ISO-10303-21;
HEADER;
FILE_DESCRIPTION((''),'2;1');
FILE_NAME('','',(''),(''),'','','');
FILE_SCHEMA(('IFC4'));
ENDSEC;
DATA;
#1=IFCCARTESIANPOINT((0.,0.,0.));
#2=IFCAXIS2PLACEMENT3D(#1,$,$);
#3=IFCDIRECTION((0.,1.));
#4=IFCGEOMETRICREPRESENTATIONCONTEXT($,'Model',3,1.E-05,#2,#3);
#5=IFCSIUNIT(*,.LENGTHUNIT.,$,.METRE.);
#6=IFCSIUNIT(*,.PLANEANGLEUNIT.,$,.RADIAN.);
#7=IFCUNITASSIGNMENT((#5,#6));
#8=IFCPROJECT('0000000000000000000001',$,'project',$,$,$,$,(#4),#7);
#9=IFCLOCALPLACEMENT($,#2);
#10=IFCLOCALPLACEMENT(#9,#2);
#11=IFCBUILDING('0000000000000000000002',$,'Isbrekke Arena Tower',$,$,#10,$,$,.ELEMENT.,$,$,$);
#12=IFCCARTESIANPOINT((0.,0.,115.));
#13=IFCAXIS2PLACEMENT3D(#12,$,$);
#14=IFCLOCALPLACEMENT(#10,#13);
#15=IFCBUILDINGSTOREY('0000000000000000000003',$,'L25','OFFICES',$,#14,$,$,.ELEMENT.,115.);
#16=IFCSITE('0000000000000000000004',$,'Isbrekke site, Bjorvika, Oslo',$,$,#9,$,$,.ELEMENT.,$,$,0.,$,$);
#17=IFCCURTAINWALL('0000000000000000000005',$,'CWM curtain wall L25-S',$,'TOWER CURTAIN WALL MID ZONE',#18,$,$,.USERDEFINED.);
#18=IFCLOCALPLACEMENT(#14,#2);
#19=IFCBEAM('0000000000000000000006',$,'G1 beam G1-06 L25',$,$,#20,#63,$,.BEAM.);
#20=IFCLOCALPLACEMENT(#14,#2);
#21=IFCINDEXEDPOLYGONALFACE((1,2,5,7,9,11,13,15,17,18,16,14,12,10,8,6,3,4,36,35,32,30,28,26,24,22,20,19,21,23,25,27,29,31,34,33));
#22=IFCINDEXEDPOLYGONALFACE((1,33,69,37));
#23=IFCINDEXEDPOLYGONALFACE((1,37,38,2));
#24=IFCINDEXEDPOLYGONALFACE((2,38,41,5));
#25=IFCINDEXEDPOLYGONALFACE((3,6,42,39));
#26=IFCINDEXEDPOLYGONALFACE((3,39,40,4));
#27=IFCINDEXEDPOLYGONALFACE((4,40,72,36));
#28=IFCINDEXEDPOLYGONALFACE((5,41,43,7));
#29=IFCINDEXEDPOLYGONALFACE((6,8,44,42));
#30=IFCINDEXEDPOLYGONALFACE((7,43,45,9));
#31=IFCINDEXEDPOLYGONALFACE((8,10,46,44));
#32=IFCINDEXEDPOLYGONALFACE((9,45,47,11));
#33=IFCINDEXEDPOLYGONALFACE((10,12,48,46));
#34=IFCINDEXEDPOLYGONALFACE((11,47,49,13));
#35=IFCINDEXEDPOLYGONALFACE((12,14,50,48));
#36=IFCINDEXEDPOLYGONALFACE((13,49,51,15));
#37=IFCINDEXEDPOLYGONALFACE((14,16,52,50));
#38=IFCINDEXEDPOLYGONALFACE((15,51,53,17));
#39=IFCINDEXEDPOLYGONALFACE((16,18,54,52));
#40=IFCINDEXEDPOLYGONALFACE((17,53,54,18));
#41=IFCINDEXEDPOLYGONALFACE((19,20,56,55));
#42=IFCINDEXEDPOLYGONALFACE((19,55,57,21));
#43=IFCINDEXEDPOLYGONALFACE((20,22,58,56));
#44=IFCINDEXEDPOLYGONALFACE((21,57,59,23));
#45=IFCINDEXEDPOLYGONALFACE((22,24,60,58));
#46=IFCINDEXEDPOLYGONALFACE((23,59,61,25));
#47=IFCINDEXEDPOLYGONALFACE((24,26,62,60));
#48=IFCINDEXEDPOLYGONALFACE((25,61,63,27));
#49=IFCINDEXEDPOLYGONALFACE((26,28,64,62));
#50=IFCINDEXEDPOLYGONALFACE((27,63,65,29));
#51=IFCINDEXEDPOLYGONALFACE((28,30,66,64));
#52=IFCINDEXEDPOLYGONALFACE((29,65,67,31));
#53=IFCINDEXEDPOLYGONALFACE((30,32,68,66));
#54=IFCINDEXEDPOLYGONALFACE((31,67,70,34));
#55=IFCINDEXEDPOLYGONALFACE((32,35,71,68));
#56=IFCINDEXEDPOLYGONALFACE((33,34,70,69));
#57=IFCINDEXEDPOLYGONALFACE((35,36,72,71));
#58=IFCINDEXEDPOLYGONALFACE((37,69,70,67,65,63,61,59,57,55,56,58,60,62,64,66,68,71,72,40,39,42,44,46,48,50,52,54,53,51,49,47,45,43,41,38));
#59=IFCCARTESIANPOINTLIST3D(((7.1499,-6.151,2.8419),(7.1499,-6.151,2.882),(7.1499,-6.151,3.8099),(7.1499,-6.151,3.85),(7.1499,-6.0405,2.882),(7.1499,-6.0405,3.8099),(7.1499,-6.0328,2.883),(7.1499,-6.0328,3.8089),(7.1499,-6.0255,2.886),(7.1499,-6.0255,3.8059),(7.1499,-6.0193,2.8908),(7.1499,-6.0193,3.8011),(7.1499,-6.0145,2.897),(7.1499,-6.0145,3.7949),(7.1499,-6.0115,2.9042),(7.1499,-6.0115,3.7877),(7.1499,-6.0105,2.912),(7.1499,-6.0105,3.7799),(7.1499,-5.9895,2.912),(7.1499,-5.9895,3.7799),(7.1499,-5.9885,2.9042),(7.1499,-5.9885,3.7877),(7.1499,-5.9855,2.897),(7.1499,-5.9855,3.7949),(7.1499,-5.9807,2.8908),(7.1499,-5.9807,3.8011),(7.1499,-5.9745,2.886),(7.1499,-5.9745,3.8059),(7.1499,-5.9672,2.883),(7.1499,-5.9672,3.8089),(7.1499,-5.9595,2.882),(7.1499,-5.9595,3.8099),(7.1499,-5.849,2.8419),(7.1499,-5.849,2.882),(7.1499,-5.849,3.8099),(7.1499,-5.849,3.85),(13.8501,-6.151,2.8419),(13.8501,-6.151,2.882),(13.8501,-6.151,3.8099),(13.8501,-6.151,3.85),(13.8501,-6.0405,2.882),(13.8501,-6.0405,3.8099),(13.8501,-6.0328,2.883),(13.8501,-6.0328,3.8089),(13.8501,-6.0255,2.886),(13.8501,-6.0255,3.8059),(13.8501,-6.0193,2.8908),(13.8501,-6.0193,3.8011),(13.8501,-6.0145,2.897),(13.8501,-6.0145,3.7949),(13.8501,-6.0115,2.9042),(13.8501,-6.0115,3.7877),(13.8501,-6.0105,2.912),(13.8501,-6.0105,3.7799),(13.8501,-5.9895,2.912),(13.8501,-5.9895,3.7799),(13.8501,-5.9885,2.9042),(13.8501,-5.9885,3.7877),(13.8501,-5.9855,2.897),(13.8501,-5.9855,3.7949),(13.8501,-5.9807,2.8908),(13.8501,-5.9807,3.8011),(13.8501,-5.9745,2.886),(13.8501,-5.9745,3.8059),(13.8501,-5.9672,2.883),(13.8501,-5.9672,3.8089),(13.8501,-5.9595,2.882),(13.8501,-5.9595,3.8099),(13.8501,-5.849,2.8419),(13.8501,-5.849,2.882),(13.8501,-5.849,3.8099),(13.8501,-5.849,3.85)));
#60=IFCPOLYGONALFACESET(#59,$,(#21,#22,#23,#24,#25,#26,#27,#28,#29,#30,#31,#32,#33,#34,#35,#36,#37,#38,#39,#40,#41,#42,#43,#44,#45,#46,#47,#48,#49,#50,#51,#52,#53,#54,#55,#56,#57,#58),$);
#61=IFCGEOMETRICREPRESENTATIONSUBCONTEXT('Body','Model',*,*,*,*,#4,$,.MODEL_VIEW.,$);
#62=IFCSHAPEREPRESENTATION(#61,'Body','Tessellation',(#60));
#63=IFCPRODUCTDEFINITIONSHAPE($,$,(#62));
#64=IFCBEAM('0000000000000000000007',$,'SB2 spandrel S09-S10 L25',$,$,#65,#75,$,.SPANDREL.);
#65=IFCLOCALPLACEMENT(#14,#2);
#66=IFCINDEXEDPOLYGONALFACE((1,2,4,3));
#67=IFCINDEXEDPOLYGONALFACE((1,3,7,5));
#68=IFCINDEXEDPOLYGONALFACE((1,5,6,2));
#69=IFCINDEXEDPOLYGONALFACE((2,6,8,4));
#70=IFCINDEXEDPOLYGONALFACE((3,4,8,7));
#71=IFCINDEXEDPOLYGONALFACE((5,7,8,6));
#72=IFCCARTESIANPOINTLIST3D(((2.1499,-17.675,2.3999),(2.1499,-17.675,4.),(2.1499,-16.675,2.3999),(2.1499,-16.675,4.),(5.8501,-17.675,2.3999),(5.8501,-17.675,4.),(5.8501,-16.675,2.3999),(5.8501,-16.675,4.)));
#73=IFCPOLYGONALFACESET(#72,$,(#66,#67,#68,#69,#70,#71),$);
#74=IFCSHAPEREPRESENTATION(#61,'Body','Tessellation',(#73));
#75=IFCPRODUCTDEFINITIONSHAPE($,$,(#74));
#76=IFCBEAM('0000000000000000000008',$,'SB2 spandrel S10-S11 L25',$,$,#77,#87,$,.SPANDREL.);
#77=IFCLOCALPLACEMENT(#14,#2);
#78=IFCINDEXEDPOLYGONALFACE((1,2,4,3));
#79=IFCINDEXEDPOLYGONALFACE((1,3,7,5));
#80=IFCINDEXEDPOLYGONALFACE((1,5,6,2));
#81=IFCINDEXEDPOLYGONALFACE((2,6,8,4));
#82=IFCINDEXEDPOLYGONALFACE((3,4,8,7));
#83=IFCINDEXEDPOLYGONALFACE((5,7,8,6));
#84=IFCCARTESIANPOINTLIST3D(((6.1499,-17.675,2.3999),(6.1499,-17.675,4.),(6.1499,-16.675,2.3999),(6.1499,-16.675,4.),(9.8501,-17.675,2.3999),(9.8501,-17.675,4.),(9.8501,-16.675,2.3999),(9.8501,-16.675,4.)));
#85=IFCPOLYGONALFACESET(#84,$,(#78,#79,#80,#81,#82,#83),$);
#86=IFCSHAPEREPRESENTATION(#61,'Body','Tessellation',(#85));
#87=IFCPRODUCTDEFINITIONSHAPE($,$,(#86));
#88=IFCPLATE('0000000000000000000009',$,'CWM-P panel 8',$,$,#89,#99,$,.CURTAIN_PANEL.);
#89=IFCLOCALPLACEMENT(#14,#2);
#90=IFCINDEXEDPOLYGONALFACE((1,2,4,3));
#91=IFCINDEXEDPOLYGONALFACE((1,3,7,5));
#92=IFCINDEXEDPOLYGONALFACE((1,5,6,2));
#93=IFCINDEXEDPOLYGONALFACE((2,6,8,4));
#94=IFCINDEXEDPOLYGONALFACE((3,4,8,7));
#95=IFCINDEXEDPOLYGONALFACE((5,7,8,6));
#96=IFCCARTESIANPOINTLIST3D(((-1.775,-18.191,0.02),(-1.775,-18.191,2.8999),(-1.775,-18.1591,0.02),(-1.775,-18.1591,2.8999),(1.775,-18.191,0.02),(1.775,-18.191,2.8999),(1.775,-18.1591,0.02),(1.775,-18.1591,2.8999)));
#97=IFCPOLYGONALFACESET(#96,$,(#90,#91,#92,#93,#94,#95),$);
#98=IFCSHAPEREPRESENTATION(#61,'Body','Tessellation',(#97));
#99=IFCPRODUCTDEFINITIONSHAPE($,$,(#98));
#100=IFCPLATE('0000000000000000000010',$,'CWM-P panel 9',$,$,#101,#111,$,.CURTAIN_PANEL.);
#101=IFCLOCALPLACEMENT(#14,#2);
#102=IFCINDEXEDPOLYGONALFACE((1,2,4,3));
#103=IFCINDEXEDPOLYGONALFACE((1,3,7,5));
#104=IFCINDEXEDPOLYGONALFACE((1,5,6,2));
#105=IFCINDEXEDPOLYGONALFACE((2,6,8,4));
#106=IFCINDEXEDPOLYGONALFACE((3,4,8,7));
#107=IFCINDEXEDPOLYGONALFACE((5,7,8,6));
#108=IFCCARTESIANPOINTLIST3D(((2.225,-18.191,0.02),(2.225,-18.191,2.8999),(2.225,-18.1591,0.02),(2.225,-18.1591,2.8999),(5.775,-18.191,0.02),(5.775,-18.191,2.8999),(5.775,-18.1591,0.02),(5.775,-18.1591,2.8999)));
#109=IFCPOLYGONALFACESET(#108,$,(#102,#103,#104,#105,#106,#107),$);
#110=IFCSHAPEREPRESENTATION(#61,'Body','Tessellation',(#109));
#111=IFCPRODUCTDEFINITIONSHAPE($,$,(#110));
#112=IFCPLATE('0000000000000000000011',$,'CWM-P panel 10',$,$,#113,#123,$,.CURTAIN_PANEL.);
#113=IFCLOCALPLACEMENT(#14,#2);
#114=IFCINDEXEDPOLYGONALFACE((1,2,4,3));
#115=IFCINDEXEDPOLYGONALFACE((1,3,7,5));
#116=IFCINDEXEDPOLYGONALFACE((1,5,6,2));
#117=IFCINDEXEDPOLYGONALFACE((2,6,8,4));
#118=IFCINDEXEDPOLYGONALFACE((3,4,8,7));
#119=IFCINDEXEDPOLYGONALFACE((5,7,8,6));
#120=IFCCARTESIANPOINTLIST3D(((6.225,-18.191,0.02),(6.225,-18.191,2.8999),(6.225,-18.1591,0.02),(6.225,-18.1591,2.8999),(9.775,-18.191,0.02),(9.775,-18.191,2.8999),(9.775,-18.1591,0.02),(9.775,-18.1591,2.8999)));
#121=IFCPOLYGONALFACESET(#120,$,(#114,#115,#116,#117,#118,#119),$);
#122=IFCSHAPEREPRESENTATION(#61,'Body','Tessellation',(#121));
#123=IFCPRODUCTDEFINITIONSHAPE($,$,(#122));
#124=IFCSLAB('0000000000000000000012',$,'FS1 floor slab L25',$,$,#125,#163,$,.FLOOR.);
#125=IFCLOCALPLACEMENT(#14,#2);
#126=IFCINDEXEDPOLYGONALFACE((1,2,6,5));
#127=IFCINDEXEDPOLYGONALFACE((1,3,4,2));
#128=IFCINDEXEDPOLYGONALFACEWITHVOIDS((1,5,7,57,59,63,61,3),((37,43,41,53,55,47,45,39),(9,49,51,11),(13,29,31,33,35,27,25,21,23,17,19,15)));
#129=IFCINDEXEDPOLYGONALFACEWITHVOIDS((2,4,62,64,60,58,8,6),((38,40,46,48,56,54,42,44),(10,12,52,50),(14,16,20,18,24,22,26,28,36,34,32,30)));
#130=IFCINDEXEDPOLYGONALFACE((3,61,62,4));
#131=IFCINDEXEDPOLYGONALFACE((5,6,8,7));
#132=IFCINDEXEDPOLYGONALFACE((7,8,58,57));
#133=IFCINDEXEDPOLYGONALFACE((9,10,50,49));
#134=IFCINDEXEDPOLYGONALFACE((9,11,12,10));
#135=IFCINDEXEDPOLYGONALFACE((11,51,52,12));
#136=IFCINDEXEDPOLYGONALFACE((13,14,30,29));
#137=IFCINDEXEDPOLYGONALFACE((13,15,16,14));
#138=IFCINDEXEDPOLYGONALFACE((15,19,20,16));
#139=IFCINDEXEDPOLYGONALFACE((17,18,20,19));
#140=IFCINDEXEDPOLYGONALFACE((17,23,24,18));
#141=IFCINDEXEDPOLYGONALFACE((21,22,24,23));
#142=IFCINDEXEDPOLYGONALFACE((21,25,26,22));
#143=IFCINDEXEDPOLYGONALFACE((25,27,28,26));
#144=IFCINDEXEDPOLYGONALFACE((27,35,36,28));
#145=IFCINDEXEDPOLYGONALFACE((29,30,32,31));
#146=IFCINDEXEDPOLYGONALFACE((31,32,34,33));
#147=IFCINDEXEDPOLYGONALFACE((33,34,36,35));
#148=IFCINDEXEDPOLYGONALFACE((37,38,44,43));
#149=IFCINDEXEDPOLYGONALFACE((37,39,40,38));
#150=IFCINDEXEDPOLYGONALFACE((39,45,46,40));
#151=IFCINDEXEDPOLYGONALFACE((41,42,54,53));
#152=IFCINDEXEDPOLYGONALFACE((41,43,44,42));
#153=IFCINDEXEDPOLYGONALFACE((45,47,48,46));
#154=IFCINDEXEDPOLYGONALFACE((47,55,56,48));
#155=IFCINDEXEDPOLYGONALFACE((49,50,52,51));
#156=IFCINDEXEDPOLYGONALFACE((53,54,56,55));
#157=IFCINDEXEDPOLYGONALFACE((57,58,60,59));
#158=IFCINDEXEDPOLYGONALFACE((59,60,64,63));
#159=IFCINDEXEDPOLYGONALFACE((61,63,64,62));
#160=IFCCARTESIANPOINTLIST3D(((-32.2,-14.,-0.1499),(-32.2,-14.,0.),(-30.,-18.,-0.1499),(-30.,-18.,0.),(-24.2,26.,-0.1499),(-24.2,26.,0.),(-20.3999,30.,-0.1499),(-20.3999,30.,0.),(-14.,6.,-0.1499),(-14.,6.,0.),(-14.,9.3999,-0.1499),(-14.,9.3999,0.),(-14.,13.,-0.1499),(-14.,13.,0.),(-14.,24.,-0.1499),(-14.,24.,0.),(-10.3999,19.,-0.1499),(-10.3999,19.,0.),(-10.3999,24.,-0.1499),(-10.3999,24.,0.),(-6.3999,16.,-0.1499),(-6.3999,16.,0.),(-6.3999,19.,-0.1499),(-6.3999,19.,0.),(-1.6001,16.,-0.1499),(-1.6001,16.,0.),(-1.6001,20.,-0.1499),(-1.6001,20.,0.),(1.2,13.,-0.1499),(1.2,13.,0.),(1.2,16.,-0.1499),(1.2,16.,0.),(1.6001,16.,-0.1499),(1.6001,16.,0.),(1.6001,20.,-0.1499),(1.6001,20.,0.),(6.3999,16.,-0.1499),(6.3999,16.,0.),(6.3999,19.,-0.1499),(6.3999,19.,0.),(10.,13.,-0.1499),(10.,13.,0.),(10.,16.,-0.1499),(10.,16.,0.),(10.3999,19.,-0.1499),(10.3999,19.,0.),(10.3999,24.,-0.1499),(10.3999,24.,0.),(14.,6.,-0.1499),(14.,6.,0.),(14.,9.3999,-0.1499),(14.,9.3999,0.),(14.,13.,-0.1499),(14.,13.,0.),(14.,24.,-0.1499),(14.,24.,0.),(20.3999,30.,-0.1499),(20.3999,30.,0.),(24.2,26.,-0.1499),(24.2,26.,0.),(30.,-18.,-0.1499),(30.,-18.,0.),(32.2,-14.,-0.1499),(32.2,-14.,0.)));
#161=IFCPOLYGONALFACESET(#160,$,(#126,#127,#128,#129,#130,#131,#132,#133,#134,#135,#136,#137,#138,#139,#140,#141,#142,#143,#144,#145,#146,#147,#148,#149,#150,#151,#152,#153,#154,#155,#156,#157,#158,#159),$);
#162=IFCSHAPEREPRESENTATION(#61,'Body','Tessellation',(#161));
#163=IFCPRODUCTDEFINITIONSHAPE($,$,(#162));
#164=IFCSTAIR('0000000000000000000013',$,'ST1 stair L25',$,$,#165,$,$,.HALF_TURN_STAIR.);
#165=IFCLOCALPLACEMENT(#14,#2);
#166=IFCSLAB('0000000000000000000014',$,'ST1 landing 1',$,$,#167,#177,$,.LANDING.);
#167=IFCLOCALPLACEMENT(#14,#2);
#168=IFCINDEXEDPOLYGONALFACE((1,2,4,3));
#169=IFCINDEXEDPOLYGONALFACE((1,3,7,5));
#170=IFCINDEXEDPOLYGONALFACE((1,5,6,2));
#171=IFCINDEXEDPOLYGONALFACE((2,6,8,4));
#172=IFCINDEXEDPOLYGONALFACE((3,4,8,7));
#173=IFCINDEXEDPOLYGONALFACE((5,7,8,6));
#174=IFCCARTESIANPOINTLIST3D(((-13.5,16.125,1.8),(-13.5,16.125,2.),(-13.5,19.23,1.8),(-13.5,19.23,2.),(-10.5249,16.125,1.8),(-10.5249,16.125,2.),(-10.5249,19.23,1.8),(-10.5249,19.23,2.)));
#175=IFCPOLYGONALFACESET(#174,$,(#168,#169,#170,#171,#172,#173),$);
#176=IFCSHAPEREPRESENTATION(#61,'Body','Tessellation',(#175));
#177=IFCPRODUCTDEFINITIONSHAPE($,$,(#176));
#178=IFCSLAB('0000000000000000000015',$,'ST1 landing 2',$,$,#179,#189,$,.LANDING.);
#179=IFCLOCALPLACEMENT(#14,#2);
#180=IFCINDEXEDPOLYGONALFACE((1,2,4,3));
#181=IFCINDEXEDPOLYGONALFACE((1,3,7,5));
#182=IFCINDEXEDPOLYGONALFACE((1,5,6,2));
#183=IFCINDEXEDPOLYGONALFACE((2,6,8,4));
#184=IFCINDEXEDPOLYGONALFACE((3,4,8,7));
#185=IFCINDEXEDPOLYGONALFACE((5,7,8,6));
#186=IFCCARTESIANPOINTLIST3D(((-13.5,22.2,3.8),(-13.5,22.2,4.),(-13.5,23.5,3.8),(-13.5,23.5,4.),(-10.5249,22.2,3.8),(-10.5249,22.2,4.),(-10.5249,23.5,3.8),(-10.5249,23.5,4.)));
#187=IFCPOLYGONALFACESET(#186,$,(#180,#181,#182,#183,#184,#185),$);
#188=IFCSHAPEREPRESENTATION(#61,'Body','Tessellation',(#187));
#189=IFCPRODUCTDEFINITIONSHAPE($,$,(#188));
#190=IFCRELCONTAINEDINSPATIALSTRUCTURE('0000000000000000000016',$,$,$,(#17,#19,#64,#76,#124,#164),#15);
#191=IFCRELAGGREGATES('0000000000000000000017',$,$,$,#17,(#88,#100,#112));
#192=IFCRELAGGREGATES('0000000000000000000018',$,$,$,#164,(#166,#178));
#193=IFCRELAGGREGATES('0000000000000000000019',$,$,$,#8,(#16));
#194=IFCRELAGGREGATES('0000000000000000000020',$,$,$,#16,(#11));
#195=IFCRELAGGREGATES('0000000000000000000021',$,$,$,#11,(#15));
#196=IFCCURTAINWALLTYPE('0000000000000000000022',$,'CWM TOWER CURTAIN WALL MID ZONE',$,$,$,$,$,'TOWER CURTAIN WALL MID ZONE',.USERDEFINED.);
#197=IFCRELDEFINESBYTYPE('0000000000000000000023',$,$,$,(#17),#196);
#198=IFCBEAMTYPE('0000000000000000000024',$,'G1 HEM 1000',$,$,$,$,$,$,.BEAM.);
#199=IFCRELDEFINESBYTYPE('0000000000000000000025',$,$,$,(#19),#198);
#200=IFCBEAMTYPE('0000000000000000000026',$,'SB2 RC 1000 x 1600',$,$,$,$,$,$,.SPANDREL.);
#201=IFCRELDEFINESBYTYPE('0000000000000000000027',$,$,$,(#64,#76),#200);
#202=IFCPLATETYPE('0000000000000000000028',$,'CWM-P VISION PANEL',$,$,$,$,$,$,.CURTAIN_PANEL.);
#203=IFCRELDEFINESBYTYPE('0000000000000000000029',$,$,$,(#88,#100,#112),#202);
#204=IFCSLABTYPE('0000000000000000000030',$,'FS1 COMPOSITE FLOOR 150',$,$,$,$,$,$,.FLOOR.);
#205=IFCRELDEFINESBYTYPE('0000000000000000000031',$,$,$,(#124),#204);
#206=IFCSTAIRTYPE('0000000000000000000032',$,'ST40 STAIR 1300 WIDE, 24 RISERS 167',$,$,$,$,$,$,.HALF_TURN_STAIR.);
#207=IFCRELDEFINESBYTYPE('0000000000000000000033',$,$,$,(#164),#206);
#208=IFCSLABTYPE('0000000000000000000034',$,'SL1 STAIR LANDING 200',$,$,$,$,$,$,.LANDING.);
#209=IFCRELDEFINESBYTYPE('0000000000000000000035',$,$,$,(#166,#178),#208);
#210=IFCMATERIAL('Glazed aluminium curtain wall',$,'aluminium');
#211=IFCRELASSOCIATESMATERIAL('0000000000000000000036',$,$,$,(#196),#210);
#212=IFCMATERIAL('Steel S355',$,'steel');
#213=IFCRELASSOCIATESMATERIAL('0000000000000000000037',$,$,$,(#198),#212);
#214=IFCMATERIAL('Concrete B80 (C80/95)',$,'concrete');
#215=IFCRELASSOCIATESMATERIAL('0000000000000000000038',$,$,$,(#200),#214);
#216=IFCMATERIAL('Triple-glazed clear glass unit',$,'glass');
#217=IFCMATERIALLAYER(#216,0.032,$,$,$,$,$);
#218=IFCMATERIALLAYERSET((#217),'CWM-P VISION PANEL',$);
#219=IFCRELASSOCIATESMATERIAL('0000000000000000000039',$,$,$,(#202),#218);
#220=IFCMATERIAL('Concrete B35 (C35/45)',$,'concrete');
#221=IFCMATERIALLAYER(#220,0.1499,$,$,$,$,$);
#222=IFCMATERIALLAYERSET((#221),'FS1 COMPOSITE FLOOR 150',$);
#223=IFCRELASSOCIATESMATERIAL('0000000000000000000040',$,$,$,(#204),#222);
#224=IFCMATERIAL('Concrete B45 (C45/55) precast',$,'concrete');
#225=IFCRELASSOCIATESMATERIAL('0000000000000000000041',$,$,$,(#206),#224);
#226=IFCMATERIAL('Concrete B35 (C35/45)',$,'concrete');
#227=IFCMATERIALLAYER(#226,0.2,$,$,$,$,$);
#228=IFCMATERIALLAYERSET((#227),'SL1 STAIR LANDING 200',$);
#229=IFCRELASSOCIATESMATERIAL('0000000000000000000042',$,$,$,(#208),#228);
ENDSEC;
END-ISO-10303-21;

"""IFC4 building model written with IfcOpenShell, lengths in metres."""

from ifc_helpers import new_model, si_unit, direction, frame, origin, origin_2d, place, context, subcontext, project, spatial, polyline, rectangle, i_section, outline, extrude, material, layer, layer_set, material_profile, profile_set, type_object, element, aggregate, save


model = new_model("IFC4")

# Units and contexts
model_context = context("Model", 3, precision=1e-05, world=origin(), true_north=direction((0.0, 1.0)))
body_context = subcontext(model_context, "Body", "Model", "MODEL_VIEW")
ifc_project = project(units=[si_unit("LENGTHUNIT", "METRE"), si_unit("PLANEANGLEUNIT", "RADIAN")], contexts=[model_context])

# Site, building, storey
site_placement = place(None, origin())
site = spatial("IfcSite", under=ifc_project, at=site_placement, Name="Isbrekke site, Bjorvika, Oslo", CompositionType="ELEMENT", RefElevation=0.0)
building_placement = place(site_placement, origin())
building = spatial("IfcBuilding", under=site, at=building_placement, Name="Isbrekke Arena Tower", CompositionType="ELEMENT")
storey_placement = place(building_placement, frame((0.0, 0.0, 115.0)))
storey = spatial("IfcBuildingStorey", under=building, at=storey_placement, Name="L25", Description="OFFICES", CompositionType="ELEMENT", Elevation=115.0)

# Curtain wall
ifc_material_1 = material(Name="Glazed aluminium curtain wall", Category="aluminium")
curtain_wall_type = type_object("IfcCurtainWallType", Name="CWM TOWER CURTAIN WALL MID ZONE", ElementType="TOWER CURTAIN WALL MID ZONE", PredefinedType="USERDEFINED", material=ifc_material_1)
curtain_wall_placement = place(storey_placement, origin())
curtain_wall = element("IfcCurtainWall", 1, at=curtain_wall_placement, inside=storey, type_object=curtain_wall_type, Name="CWM curtain wall L25-S", ObjectType="TOWER CURTAIN WALL MID ZONE", PredefinedType="USERDEFINED")

# Beams
ifc_material_2 = material(Name="Steel S355", Category="steel")
ifc_material_profile_1 = material_profile(ifc_material_2, i_section(OverallWidth=0.302, OverallDepth=1.0081, WebThickness=0.021, FlangeThickness=0.04, FilletRadius=0.03, at=origin_2d()), Name="HEM 1000")
ifc_profile_set_1 = profile_set([ifc_material_profile_1], Name="Steel S355")
beam_type_1 = type_object("IfcBeamType", Name="G1 HEM 1000", PredefinedType="BEAM", material=ifc_profile_set_1)
for number, where, z_axis, x_axis, name in (
    (2, (7.1499, -6.0, 3.3459), (1.0, 0.0, 0.0), (0.0, 1.0, 0.0), "G1 beam G1-06 L25"),
):
    element("IfcBeam", number, at=place(storey_placement, frame(where, z_axis=z_axis, x_axis=x_axis)), inside=storey, type_object=beam_type_1, Name=name, PredefinedType="BEAM", context=body_context, shape_type="SweptSolid", body=[
        extrude(i_section(OverallWidth=0.302, OverallDepth=1.0081, WebThickness=0.021, FlangeThickness=0.04, FilletRadius=0.03, at=origin_2d()), origin(), (0.0, 0.0, 1.0), 6.7002),
    ])
ifc_material_3 = material(Name="Concrete B80 (C80/95)", Category="concrete")
ifc_material_profile_2 = material_profile(ifc_material_3, rectangle(XDim=1.0, YDim=1.6001, at=origin_2d()), Name="RC 1000x1600")
ifc_profile_set_2 = profile_set([ifc_material_profile_2], Name="Concrete B80 (C80/95)")
beam_type_2 = type_object("IfcBeamType", Name="SB2 RC 1000 x 1600", PredefinedType="SPANDREL", material=ifc_profile_set_2)
for number, where, z_axis, x_axis, name in (
    (3, (2.1499, -17.175, 3.2), (1.0, 0.0, 0.0), (0.0, 1.0, 0.0), "SB2 spandrel S09-S10 L25"),
    (4, (6.1499, -17.175, 3.2), (1.0, 0.0, 0.0), (0.0, 1.0, 0.0), "SB2 spandrel S10-S11 L25"),
):
    element("IfcBeam", number, at=place(storey_placement, frame(where, z_axis=z_axis, x_axis=x_axis)), inside=storey, type_object=beam_type_2, Name=name, PredefinedType="SPANDREL", context=body_context, shape_type="SweptSolid", body=[
        extrude(rectangle(XDim=1.0, YDim=1.6001, at=origin_2d()), origin(), (0.0, 0.0, 1.0), 3.7002),
    ])

# Plates
ifc_material_4 = material(Name="Triple-glazed clear glass unit", Category="glass")
ifc_layer_1 = layer(ifc_material_4, 0.032)
ifc_layer_set_1 = layer_set([ifc_layer_1], Name="CWM-P VISION PANEL")
plate_type = type_object("IfcPlateType", Name="CWM-P VISION PANEL", PredefinedType="CURTAIN_PANEL", material=ifc_layer_set_1)
plate_1_placement = place(storey_placement, frame((0.0, -18.175, 0.02), z_axis=(0.0, 0.0, 1.0), x_axis=(1.0, 0.0, 0.0)))
plate_1 = element("IfcPlate", 5, at=plate_1_placement, type_object=plate_type, Name="CWM-P panel 8", PredefinedType="CURTAIN_PANEL", context=body_context, shape_type="SweptSolid", body=[
    extrude(rectangle(XDim=3.55, YDim=0.032, at=origin_2d()), origin(), (0.0, 0.0, 1.0), 2.8799),
])
plate_2_placement = place(storey_placement, frame((4.0, -18.175, 0.02), z_axis=(0.0, 0.0, 1.0), x_axis=(1.0, 0.0, 0.0)))
plate_2 = element("IfcPlate", 6, at=plate_2_placement, type_object=plate_type, Name="CWM-P panel 9", PredefinedType="CURTAIN_PANEL", context=body_context, shape_type="SweptSolid", body=[
    extrude(rectangle(XDim=3.55, YDim=0.032, at=origin_2d()), origin(), (0.0, 0.0, 1.0), 2.8799),
])
plate_3_placement = place(storey_placement, frame((8.0, -18.175, 0.02), z_axis=(0.0, 0.0, 1.0), x_axis=(1.0, 0.0, 0.0)))
plate_3 = element("IfcPlate", 7, at=plate_3_placement, type_object=plate_type, Name="CWM-P panel 10", PredefinedType="CURTAIN_PANEL", context=body_context, shape_type="SweptSolid", body=[
    extrude(rectangle(XDim=3.55, YDim=0.032, at=origin_2d()), origin(), (0.0, 0.0, 1.0), 2.8799),
])
aggregate(curtain_wall, [plate_1, plate_2, plate_3])

# Slab
ifc_material_5 = material(Name="Concrete B35 (C35/45)", Category="concrete")
ifc_layer_2 = layer(ifc_material_5, 0.1499)
ifc_layer_set_2 = layer_set([ifc_layer_2], Name="FS1 COMPOSITE FLOOR 150")
slab_type_1 = type_object("IfcSlabType", Name="FS1 COMPOSITE FLOOR 150", PredefinedType="FLOOR", material=ifc_layer_set_2)
slab_1_placement = place(storey_placement, frame((0.0, 0.0, -0.1499)))
element("IfcSlab", 8, at=slab_1_placement, inside=storey, type_object=slab_type_1, Name="FS1 floor slab L25", PredefinedType="FLOOR", context=body_context, shape_type="SweptSolid", body=[
    extrude(outline(polyline([(-30.0, -18.0), (30.0, -18.0), (32.2, -14.0), (24.2, 26.0), (20.3999, 30.0), (-20.3999, 30.0), (-24.2, 26.0), (-32.2, -14.0), (-30.0, -18.0)]), holes=[polyline([(14.0, 9.3999), (14.0, 6.0), (-14.0, 6.0), (-14.0, 9.3999), (14.0, 9.3999)]), polyline([(-6.3999, 19.0), (-6.3999, 16.0), (-1.6001, 16.0), (-1.6001, 20.0), (1.6001, 20.0), (1.6001, 16.0), (1.2, 16.0), (1.2, 13.0), (-14.0, 13.0), (-14.0, 24.0), (-10.3999, 24.0), (-10.3999, 19.0), (-6.3999, 19.0)]), polyline([(10.0, 13.0), (10.0, 16.0), (6.3999, 16.0), (6.3999, 19.0), (10.3999, 19.0), (10.3999, 24.0), (14.0, 24.0), (14.0, 13.0), (10.0, 13.0)])]), origin(), (0.0, 0.0, 1.0), 0.1499),
])

# Stair, slabs
ifc_material_6 = material(Name="Concrete B45 (C45/55) precast", Category="concrete")
stair_type = type_object("IfcStairType", Name="ST40 STAIR 1300 WIDE, 24 RISERS 167", PredefinedType="HALF_TURN_STAIR", material=ifc_material_6)
stair_1_placement = place(storey_placement, origin())
stair_1 = element("IfcStair", 9, at=stair_1_placement, inside=storey, type_object=stair_type, Name="ST1 stair L25", PredefinedType="HALF_TURN_STAIR")
ifc_material_7 = material(Name="Concrete B35 (C35/45)", Category="concrete")
ifc_layer_3 = layer(ifc_material_7, 0.2)
ifc_layer_set_3 = layer_set([ifc_layer_3], Name="SL1 STAIR LANDING 200")
slab_type_2 = type_object("IfcSlabType", Name="SL1 STAIR LANDING 200", PredefinedType="LANDING", material=ifc_layer_set_3)
slab_2_placement = place(storey_placement, frame((0.0, 0.0, 1.8)))
slab_2 = element("IfcSlab", 10, at=slab_2_placement, type_object=slab_type_2, Name="ST1 landing 1", PredefinedType="LANDING", context=body_context, shape_type="SweptSolid", body=[
    extrude(outline(polyline([(-13.5, 16.125), (-10.5249, 16.125), (-10.5249, 19.23), (-13.5, 19.23), (-13.5, 16.125)])), origin(), (0.0, 0.0, 1.0), 0.2),
])
slab_3_placement = place(storey_placement, frame((0.0, 0.0, 3.8)))
slab_3 = element("IfcSlab", 11, at=slab_3_placement, type_object=slab_type_2, Name="ST1 landing 2", PredefinedType="LANDING", context=body_context, shape_type="SweptSolid", body=[
    extrude(outline(polyline([(-13.5, 22.2), (-10.5249, 22.2), (-10.5249, 23.5), (-13.5, 23.5), (-13.5, 22.2)])), origin(), (0.0, 0.0, 1.0), 0.2),
])
aggregate(stair_1, [slab_2, slab_3])

save(model, "model.ifc")
